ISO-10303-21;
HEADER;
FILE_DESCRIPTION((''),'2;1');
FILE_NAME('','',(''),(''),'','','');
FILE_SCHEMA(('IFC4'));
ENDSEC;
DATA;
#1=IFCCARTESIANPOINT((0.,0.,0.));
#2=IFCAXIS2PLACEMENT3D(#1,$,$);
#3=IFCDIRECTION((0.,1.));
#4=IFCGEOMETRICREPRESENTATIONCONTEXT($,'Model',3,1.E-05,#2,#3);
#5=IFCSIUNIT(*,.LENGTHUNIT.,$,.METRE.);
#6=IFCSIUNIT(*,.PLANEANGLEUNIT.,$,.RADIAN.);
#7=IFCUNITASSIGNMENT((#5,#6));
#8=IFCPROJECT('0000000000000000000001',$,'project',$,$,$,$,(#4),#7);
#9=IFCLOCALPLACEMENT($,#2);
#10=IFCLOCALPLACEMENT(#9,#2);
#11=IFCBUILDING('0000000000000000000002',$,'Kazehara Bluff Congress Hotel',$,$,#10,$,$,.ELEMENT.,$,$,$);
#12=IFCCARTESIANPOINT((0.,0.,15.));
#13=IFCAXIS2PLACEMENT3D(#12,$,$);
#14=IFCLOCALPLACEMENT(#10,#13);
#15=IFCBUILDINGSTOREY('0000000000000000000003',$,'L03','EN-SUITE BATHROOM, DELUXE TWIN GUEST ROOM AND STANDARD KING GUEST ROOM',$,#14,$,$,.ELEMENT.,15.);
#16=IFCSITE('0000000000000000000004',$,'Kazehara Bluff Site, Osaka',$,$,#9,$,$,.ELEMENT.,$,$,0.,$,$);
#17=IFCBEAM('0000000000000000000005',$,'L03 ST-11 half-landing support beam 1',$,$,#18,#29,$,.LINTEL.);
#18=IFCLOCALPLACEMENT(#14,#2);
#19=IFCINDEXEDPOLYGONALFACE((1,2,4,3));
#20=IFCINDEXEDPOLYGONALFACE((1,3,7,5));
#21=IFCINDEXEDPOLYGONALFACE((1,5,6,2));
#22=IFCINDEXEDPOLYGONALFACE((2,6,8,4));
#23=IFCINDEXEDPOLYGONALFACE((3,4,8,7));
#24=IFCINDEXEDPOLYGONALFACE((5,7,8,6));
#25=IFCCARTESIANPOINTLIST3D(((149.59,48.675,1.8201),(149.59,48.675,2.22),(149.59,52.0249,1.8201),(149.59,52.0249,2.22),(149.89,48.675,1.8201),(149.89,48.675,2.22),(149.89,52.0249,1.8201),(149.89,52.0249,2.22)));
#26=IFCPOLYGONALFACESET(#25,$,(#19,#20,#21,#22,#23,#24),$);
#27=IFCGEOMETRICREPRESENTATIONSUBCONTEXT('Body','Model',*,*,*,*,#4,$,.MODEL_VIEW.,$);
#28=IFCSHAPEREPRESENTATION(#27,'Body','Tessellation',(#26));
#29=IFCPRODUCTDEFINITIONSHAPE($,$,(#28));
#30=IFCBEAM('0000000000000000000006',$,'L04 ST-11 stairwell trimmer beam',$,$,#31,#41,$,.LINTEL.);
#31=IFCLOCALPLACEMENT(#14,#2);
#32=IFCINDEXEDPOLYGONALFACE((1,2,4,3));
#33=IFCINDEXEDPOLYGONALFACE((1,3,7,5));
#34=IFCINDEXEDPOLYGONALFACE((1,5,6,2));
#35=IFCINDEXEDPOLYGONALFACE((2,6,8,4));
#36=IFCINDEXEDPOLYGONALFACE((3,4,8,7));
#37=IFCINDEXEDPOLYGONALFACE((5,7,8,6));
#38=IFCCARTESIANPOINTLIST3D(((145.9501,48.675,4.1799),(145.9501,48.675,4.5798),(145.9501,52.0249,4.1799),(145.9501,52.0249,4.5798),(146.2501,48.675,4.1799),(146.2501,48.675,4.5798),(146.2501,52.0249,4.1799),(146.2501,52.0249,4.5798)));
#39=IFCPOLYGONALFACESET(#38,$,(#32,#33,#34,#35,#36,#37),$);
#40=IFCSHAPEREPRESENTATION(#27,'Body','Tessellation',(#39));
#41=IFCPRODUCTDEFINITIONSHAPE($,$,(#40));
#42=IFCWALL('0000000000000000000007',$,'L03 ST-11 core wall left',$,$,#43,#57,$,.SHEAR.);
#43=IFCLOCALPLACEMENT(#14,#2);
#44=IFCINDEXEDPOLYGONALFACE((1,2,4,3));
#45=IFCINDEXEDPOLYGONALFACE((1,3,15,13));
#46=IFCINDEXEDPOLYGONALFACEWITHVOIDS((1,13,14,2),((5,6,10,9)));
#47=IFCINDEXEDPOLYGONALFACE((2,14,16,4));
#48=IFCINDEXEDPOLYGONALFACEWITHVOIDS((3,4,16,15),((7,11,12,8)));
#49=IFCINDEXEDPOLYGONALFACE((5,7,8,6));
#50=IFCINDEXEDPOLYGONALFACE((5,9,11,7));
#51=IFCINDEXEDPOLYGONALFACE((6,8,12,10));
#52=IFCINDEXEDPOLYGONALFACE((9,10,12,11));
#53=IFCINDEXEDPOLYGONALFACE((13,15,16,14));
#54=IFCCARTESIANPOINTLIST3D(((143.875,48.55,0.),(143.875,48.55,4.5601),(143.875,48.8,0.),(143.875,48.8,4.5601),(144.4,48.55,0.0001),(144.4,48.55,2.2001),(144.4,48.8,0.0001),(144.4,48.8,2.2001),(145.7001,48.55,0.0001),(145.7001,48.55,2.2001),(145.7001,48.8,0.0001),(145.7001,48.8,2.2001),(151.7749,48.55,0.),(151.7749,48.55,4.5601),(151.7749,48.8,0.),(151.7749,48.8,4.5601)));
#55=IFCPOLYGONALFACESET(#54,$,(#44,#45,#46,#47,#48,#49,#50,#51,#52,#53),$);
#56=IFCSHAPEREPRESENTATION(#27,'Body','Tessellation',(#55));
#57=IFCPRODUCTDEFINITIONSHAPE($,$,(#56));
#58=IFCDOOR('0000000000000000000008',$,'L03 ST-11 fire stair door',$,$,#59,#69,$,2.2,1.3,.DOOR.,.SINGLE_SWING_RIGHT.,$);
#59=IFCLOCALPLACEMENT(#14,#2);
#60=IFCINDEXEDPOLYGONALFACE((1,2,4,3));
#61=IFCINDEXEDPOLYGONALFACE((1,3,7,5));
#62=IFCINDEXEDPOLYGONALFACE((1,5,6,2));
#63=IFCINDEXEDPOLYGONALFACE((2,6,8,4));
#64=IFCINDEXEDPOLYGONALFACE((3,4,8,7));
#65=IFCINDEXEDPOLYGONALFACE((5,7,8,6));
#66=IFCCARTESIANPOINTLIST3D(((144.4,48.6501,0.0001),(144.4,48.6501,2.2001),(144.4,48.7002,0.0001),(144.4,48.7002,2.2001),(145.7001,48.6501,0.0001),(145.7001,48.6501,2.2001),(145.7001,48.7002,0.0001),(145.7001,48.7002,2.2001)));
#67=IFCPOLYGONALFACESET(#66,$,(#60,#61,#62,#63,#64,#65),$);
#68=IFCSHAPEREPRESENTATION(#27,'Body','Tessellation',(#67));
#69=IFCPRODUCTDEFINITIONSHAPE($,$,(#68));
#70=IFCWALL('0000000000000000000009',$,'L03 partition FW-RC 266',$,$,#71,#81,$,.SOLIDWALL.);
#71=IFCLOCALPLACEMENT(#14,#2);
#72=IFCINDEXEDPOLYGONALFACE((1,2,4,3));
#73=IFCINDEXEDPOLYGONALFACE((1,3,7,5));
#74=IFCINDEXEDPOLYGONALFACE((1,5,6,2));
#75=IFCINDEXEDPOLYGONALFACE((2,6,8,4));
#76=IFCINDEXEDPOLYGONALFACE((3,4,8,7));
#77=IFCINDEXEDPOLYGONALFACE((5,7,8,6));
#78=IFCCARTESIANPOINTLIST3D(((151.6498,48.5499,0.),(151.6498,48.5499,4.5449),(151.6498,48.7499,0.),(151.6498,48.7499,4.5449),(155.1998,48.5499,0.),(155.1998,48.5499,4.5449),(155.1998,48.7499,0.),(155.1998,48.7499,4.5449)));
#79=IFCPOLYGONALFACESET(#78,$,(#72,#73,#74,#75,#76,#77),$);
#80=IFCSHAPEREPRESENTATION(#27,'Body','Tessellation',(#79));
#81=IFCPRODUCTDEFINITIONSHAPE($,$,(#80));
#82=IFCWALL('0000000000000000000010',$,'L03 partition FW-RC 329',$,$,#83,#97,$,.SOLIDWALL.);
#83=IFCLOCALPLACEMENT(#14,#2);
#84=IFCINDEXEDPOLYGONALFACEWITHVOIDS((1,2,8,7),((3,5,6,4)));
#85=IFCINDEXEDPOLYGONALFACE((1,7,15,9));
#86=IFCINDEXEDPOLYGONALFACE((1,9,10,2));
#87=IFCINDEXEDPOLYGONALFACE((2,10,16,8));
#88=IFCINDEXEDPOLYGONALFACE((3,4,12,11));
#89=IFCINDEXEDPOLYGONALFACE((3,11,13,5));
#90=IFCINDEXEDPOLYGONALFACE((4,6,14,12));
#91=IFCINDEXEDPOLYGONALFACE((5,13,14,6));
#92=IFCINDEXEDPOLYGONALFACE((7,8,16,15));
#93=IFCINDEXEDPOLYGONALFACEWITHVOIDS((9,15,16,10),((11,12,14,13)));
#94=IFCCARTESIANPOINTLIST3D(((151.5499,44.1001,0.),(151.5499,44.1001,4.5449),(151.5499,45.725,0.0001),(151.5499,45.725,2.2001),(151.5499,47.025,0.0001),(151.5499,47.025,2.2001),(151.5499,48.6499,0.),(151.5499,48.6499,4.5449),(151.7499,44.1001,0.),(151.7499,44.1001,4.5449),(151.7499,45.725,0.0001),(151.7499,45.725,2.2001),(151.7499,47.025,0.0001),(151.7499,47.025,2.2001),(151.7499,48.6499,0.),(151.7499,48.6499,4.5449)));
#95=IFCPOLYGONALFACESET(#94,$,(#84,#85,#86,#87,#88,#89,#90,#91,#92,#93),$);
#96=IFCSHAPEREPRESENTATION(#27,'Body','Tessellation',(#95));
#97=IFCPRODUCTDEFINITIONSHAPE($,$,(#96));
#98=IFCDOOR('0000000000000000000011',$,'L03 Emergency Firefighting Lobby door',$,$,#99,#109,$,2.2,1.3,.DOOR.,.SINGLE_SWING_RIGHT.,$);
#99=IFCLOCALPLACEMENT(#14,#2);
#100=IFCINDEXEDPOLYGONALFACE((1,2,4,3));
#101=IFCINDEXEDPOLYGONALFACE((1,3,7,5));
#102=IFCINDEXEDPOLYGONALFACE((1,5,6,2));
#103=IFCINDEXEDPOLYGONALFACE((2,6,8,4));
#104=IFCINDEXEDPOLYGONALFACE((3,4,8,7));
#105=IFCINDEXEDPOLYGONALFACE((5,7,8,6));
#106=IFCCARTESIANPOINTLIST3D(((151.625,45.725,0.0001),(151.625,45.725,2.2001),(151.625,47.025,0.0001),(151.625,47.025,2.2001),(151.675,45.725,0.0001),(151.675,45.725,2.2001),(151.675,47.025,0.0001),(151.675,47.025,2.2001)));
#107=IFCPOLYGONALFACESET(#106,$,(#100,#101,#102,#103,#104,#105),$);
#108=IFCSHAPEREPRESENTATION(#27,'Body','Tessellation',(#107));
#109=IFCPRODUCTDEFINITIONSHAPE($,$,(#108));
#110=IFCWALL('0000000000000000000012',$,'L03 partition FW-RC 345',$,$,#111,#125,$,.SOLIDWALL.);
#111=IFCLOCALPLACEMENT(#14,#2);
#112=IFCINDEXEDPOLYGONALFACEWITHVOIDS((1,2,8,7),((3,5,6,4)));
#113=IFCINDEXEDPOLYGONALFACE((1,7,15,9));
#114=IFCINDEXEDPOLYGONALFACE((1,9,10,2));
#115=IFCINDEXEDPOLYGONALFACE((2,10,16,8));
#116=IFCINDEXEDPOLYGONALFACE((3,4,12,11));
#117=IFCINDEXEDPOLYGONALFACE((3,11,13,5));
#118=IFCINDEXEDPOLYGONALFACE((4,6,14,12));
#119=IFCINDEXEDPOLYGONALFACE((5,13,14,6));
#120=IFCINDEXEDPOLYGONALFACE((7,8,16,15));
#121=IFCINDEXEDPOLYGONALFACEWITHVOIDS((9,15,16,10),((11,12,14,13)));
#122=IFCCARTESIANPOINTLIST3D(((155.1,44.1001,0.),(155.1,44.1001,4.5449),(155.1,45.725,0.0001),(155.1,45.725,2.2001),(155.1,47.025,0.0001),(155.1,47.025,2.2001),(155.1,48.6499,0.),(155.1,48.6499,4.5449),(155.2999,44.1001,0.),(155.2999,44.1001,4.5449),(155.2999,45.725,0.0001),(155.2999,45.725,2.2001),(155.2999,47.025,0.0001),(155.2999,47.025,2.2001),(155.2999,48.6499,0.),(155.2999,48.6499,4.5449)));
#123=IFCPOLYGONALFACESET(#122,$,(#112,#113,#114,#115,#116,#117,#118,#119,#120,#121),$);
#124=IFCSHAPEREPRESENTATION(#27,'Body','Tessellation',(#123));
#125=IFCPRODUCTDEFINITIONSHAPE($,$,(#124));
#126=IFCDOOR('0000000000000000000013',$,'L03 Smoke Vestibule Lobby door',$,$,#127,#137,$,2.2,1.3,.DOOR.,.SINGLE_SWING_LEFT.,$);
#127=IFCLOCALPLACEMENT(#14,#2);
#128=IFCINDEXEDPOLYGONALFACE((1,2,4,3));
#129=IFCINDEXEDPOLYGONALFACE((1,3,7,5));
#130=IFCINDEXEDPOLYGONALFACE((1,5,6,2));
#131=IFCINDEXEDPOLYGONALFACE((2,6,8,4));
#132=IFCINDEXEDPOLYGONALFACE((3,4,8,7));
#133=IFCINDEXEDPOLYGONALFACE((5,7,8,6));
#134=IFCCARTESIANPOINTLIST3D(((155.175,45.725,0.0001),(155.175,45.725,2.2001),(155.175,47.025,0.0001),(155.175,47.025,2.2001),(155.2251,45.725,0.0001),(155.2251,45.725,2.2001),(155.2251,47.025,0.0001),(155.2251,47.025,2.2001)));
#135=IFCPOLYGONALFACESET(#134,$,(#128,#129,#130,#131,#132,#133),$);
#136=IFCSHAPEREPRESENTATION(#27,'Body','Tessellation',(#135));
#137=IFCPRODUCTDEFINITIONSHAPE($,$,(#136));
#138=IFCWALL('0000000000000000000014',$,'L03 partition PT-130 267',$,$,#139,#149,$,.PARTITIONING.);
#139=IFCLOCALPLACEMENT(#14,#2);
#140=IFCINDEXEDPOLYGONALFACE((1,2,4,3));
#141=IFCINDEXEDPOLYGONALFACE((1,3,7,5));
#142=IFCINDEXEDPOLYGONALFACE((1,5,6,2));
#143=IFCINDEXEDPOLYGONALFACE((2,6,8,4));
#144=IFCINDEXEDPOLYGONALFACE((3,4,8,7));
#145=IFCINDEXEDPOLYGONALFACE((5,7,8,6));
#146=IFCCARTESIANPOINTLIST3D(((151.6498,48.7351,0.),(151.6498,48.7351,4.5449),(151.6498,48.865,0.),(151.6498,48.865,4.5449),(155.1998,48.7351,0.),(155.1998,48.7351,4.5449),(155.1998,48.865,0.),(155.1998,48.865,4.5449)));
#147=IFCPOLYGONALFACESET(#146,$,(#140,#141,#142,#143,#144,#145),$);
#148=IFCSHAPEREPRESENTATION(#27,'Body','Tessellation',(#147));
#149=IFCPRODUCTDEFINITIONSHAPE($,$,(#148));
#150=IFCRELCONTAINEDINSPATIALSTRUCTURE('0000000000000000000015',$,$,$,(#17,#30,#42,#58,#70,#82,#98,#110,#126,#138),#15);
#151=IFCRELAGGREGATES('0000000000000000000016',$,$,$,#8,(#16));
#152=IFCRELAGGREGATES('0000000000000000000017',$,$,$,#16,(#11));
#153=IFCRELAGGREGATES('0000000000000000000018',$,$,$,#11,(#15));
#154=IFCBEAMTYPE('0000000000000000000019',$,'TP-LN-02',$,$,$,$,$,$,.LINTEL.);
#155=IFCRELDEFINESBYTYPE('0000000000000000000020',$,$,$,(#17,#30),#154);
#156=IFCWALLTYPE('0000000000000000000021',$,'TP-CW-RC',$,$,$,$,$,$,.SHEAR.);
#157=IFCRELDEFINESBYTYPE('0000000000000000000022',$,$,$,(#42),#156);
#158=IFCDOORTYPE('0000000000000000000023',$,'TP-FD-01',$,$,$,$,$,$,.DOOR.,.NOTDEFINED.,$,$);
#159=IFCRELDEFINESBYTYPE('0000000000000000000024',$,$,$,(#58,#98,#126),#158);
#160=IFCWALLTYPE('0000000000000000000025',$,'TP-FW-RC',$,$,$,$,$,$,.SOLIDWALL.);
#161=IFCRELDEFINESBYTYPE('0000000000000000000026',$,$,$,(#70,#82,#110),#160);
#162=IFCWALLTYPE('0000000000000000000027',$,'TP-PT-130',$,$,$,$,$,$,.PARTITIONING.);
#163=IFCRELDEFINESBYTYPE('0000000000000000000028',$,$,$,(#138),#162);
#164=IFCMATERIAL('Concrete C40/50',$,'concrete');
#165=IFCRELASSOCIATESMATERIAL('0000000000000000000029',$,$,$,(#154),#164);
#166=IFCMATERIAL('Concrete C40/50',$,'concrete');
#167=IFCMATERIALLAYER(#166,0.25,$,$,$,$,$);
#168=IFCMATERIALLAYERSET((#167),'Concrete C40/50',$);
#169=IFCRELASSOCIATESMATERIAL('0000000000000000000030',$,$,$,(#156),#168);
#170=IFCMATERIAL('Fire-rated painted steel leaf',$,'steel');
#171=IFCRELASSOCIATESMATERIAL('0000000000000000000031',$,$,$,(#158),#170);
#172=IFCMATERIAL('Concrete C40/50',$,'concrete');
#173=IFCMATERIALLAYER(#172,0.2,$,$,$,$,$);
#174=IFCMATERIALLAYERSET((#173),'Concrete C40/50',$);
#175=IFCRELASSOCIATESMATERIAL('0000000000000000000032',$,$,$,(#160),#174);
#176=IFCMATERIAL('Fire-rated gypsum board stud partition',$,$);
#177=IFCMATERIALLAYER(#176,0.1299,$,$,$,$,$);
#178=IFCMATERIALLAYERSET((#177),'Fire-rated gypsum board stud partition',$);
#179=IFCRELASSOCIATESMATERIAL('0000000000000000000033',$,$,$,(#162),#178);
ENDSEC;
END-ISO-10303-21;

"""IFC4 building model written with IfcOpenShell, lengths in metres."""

from ifc_helpers import new_model, si_unit, direction, frame, frame_2d, origin, origin_2d, place, context, subcontext, project, spatial, rectangle, extrude, material, layer, layer_set, material_profile, profile_set, type_object, element, fill, save


model = new_model("IFC4")

# Units and contexts
model_context = context("Model", 3, precision=1e-05, world=origin(), true_north=direction((0.0, 1.0)))
body_context = subcontext(model_context, "Body", "Model", "MODEL_VIEW")
ifc_project = project(units=[si_unit("LENGTHUNIT", "METRE"), si_unit("PLANEANGLEUNIT", "RADIAN")], contexts=[model_context])

# Site, building, storey
site_placement = place(None, origin())
site = spatial("IfcSite", under=ifc_project, at=site_placement, Name="Kazehara Bluff Site, Osaka", CompositionType="ELEMENT", RefElevation=0.0)
building_placement = place(site_placement, origin())
building = spatial("IfcBuilding", under=site, at=building_placement, Name="Kazehara Bluff Congress Hotel", CompositionType="ELEMENT")
storey_placement = place(building_placement, frame((0.0, 0.0, 15.0)))
storey = spatial("IfcBuildingStorey", under=building, at=storey_placement, Name="L03", Description="EN-SUITE BATHROOM, DELUXE TWIN GUEST ROOM AND STANDARD KING GUEST ROOM", CompositionType="ELEMENT", Elevation=15.0)

# Beams
ifc_material_1 = material(Name="Concrete C40/50", Category="concrete")
ifc_material_profile = material_profile(ifc_material_1, rectangle(XDim=0.3, YDim=0.3999, at=origin_2d()))
ifc_profile_set = profile_set([ifc_material_profile], Name="Concrete C40/50")
beam_type = type_object("IfcBeamType", Name="TP-LN-02", PredefinedType="LINTEL", material=ifc_profile_set)
for number, where, z_axis, x_axis, name in (
    (1, (149.74, 48.675, 2.02), (0.0, 1.0, 0.0), (-1.0, 0.0, 0.0), "L03 ST-11 half-landing support beam 1"),
    (2, (146.1001, 48.675, 4.3799), (0.0, 1.0, 0.0), (-1.0, 0.0, 0.0), "L04 ST-11 stairwell trimmer beam"),
):
    element("IfcBeam", number, at=place(storey_placement, frame(where, z_axis=z_axis, x_axis=x_axis)), inside=storey, type_object=beam_type, Name=name, PredefinedType="LINTEL", context=body_context, shape_type="SweptSolid", body=[
        extrude(rectangle(XDim=0.3, YDim=0.3999, at=origin_2d()), origin(), (0.0, 0.0, 1.0), 3.3499),
    ])

# Wall, opening, door
ifc_material_2 = material(Name="Concrete C40/50", Category="concrete")
ifc_layer_1 = layer(ifc_material_2, 0.25)
ifc_layer_set_1 = layer_set([ifc_layer_1], Name="Concrete C40/50")
wall_type_1 = type_object("IfcWallType", Name="TP-CW-RC", PredefinedType="SHEAR", material=ifc_layer_set_1)
wall_1_placement = place(storey_placement, frame((151.7749, 48.675, 0.0), z_axis=(0.0, 0.0, 1.0), x_axis=(-1.0, 0.0, 0.0)))
wall_1 = element("IfcWall", 3, at=wall_1_placement, inside=storey, type_object=wall_type_1, Name="L03 ST-11 core wall left", PredefinedType="SHEAR", context=body_context, shape_type="SweptSolid", body=[
    extrude(rectangle(XDim=7.8999, YDim=0.25, at=frame_2d((3.95, 0.0))), origin(), (0.0, 0.0, 1.0), 4.5601),
])
opening_1_placement = place(wall_1_placement, frame((6.075, 0.0, 0.0)))
opening_1 = element("IfcOpeningElement", 4, at=opening_1_placement, cuts=wall_1, PredefinedType="OPENING", context=body_context, shape_type="SweptSolid", body=[
    extrude(rectangle(XDim=1.3, YDim=2.2, at=frame_2d((0.6499, 1.1001))), frame((0.0, 0.135, 0.0), z_axis=(0.0, -1.0, 0.0), x_axis=(1.0, 0.0, 0.0)), (0.0, 0.0, 1.0), 0.27),
])
ifc_material_3 = material(Name="Fire-rated painted steel leaf", Category="steel")
door_type_1 = type_object("IfcDoorType", Name="TP-FD-01", OperationType="NOTDEFINED", PredefinedType="DOOR", material=ifc_material_3)
door_1_placement = place(opening_1_placement, origin())
door_1 = element("IfcDoor", 5, at=door_1_placement, inside=storey, type_object=door_type_1, Name="L03 ST-11 fire stair door", OperationType="SINGLE_SWING_RIGHT", OverallHeight=2.2, OverallWidth=1.3, PredefinedType="DOOR", context=body_context, shape_type="SweptSolid", body=[
    extrude(rectangle(XDim=1.3, YDim=2.2, at=frame_2d((0.6499, 1.1001))), frame((0.0, 0.0249, 0.0), z_axis=(0.0, -1.0, 0.0), x_axis=(1.0, 0.0, 0.0)), (0.0, 0.0, 1.0), 0.05),
])
fill(opening_1, door_1)

# Wall
ifc_material_4 = material(Name="Concrete C40/50", Category="concrete")
ifc_layer_2 = layer(ifc_material_4, 0.2)
ifc_layer_set_2 = layer_set([ifc_layer_2], Name="Concrete C40/50")
wall_type_2 = type_object("IfcWallType", Name="TP-FW-RC", PredefinedType="SOLIDWALL", material=ifc_layer_set_2)
wall_2_placement = place(storey_placement, frame((151.6499, 48.6499, 0.0), z_axis=(0.0, 0.0, 1.0), x_axis=(1.0, 0.0, 0.0)))
element("IfcWall", 6, at=wall_2_placement, inside=storey, type_object=wall_type_2, Name="L03 partition FW-RC 266", PredefinedType="SOLIDWALL", context=body_context, shape_type="SweptSolid", body=[
    extrude(rectangle(XDim=3.55, YDim=0.2, at=frame_2d((1.7749, 0.0))), origin(), (0.0, 0.0, 1.0), 4.5449),
])

# Walls, openings, doors
wall_3_placement = place(storey_placement, frame((151.6499, 44.1001, 0.0), z_axis=(0.0, 0.0, 1.0), x_axis=(0.0, 1.0, 0.0)))
wall_3 = element("IfcWall", 7, at=wall_3_placement, inside=storey, type_object=wall_type_2, Name="L03 partition FW-RC 329", PredefinedType="SOLIDWALL", context=body_context, shape_type="SweptSolid", body=[
    extrude(rectangle(XDim=4.5498, YDim=0.2, at=frame_2d((2.2749, 0.0))), origin(), (0.0, 0.0, 1.0), 4.5449),
])
opening_2_placement = place(wall_3_placement, frame((1.625, 0.0, 0.0)))
opening_2 = element("IfcOpeningElement", 8, at=opening_2_placement, cuts=wall_3, PredefinedType="OPENING", context=body_context, shape_type="SweptSolid", body=[
    extrude(rectangle(XDim=1.3, YDim=2.2, at=frame_2d((0.6499, 1.1001))), frame((0.0, 0.1099, 0.0), z_axis=(0.0, -1.0, 0.0), x_axis=(1.0, 0.0, 0.0)), (0.0, 0.0, 1.0), 0.22),
])
door_2_placement = place(opening_2_placement, origin())
door_2 = element("IfcDoor", 9, at=door_2_placement, inside=storey, type_object=door_type_1, Name="L03 Emergency Firefighting Lobby door", OperationType="SINGLE_SWING_RIGHT", OverallHeight=2.2, OverallWidth=1.3, PredefinedType="DOOR", context=body_context, shape_type="SweptSolid", body=[
    extrude(rectangle(XDim=1.3, YDim=2.2, at=frame_2d((0.6499, 1.1001))), frame((0.0, 0.0249, 0.0), z_axis=(0.0, -1.0, 0.0), x_axis=(1.0, 0.0, 0.0)), (0.0, 0.0, 1.0), 0.05),
])
fill(opening_2, door_2)
wall_4_placement = place(storey_placement, frame((155.2, 44.1001, 0.0), z_axis=(0.0, 0.0, 1.0), x_axis=(0.0, 1.0, 0.0)))
wall_4 = element("IfcWall", 10, at=wall_4_placement, inside=storey, type_object=wall_type_2, Name="L03 partition FW-RC 345", PredefinedType="SOLIDWALL", context=body_context, shape_type="SweptSolid", body=[
    extrude(rectangle(XDim=4.5498, YDim=0.2, at=frame_2d((2.2749, 0.0))), origin(), (0.0, 0.0, 1.0), 4.5449),
])
opening_3_placement = place(wall_4_placement, frame((1.625, 0.0, 0.0)))
opening_3 = element("IfcOpeningElement", 11, at=opening_3_placement, cuts=wall_4, PredefinedType="OPENING", context=body_context, shape_type="SweptSolid", body=[
    extrude(rectangle(XDim=1.3, YDim=2.2, at=frame_2d((0.6499, 1.1001))), frame((0.0, 0.1099, 0.0), z_axis=(0.0, -1.0, 0.0), x_axis=(1.0, 0.0, 0.0)), (0.0, 0.0, 1.0), 0.22),
])
door_3_placement = place(opening_3_placement, origin())
door_3 = element("IfcDoor", 12, at=door_3_placement, inside=storey, type_object=door_type_1, Name="L03 Smoke Vestibule Lobby door", OperationType="SINGLE_SWING_LEFT", OverallHeight=2.2, OverallWidth=1.3, PredefinedType="DOOR", context=body_context, shape_type="SweptSolid", body=[
    extrude(rectangle(XDim=1.3, YDim=2.2, at=frame_2d((0.6499, 1.1001))), frame((0.0, 0.0249, 0.0), z_axis=(0.0, -1.0, 0.0), x_axis=(1.0, 0.0, 0.0)), (0.0, 0.0, 1.0), 0.05),
])
fill(opening_3, door_3)

# Wall
ifc_material_5 = material(Name="Fire-rated gypsum board stud partition")
ifc_layer_3 = layer(ifc_material_5, 0.1299)
ifc_layer_set_3 = layer_set([ifc_layer_3], Name="Fire-rated gypsum board stud partition")
wall_type_3 = type_object("IfcWallType", Name="TP-PT-130", PredefinedType="PARTITIONING", material=ifc_layer_set_3)
wall_5_placement = place(storey_placement, frame((151.6499, 48.8, 0.0), z_axis=(0.0, 0.0, 1.0), x_axis=(1.0, 0.0, 0.0)))
element("IfcWall", 13, at=wall_5_placement, inside=storey, type_object=wall_type_3, Name="L03 partition PT-130 267", PredefinedType="PARTITIONING", context=body_context, shape_type="SweptSolid", body=[
    extrude(rectangle(XDim=3.55, YDim=0.1299, at=frame_2d((1.7749, 0.0))), origin(), (0.0, 0.0, 1.0), 4.5449),
])

save(model, "model.ifc")
